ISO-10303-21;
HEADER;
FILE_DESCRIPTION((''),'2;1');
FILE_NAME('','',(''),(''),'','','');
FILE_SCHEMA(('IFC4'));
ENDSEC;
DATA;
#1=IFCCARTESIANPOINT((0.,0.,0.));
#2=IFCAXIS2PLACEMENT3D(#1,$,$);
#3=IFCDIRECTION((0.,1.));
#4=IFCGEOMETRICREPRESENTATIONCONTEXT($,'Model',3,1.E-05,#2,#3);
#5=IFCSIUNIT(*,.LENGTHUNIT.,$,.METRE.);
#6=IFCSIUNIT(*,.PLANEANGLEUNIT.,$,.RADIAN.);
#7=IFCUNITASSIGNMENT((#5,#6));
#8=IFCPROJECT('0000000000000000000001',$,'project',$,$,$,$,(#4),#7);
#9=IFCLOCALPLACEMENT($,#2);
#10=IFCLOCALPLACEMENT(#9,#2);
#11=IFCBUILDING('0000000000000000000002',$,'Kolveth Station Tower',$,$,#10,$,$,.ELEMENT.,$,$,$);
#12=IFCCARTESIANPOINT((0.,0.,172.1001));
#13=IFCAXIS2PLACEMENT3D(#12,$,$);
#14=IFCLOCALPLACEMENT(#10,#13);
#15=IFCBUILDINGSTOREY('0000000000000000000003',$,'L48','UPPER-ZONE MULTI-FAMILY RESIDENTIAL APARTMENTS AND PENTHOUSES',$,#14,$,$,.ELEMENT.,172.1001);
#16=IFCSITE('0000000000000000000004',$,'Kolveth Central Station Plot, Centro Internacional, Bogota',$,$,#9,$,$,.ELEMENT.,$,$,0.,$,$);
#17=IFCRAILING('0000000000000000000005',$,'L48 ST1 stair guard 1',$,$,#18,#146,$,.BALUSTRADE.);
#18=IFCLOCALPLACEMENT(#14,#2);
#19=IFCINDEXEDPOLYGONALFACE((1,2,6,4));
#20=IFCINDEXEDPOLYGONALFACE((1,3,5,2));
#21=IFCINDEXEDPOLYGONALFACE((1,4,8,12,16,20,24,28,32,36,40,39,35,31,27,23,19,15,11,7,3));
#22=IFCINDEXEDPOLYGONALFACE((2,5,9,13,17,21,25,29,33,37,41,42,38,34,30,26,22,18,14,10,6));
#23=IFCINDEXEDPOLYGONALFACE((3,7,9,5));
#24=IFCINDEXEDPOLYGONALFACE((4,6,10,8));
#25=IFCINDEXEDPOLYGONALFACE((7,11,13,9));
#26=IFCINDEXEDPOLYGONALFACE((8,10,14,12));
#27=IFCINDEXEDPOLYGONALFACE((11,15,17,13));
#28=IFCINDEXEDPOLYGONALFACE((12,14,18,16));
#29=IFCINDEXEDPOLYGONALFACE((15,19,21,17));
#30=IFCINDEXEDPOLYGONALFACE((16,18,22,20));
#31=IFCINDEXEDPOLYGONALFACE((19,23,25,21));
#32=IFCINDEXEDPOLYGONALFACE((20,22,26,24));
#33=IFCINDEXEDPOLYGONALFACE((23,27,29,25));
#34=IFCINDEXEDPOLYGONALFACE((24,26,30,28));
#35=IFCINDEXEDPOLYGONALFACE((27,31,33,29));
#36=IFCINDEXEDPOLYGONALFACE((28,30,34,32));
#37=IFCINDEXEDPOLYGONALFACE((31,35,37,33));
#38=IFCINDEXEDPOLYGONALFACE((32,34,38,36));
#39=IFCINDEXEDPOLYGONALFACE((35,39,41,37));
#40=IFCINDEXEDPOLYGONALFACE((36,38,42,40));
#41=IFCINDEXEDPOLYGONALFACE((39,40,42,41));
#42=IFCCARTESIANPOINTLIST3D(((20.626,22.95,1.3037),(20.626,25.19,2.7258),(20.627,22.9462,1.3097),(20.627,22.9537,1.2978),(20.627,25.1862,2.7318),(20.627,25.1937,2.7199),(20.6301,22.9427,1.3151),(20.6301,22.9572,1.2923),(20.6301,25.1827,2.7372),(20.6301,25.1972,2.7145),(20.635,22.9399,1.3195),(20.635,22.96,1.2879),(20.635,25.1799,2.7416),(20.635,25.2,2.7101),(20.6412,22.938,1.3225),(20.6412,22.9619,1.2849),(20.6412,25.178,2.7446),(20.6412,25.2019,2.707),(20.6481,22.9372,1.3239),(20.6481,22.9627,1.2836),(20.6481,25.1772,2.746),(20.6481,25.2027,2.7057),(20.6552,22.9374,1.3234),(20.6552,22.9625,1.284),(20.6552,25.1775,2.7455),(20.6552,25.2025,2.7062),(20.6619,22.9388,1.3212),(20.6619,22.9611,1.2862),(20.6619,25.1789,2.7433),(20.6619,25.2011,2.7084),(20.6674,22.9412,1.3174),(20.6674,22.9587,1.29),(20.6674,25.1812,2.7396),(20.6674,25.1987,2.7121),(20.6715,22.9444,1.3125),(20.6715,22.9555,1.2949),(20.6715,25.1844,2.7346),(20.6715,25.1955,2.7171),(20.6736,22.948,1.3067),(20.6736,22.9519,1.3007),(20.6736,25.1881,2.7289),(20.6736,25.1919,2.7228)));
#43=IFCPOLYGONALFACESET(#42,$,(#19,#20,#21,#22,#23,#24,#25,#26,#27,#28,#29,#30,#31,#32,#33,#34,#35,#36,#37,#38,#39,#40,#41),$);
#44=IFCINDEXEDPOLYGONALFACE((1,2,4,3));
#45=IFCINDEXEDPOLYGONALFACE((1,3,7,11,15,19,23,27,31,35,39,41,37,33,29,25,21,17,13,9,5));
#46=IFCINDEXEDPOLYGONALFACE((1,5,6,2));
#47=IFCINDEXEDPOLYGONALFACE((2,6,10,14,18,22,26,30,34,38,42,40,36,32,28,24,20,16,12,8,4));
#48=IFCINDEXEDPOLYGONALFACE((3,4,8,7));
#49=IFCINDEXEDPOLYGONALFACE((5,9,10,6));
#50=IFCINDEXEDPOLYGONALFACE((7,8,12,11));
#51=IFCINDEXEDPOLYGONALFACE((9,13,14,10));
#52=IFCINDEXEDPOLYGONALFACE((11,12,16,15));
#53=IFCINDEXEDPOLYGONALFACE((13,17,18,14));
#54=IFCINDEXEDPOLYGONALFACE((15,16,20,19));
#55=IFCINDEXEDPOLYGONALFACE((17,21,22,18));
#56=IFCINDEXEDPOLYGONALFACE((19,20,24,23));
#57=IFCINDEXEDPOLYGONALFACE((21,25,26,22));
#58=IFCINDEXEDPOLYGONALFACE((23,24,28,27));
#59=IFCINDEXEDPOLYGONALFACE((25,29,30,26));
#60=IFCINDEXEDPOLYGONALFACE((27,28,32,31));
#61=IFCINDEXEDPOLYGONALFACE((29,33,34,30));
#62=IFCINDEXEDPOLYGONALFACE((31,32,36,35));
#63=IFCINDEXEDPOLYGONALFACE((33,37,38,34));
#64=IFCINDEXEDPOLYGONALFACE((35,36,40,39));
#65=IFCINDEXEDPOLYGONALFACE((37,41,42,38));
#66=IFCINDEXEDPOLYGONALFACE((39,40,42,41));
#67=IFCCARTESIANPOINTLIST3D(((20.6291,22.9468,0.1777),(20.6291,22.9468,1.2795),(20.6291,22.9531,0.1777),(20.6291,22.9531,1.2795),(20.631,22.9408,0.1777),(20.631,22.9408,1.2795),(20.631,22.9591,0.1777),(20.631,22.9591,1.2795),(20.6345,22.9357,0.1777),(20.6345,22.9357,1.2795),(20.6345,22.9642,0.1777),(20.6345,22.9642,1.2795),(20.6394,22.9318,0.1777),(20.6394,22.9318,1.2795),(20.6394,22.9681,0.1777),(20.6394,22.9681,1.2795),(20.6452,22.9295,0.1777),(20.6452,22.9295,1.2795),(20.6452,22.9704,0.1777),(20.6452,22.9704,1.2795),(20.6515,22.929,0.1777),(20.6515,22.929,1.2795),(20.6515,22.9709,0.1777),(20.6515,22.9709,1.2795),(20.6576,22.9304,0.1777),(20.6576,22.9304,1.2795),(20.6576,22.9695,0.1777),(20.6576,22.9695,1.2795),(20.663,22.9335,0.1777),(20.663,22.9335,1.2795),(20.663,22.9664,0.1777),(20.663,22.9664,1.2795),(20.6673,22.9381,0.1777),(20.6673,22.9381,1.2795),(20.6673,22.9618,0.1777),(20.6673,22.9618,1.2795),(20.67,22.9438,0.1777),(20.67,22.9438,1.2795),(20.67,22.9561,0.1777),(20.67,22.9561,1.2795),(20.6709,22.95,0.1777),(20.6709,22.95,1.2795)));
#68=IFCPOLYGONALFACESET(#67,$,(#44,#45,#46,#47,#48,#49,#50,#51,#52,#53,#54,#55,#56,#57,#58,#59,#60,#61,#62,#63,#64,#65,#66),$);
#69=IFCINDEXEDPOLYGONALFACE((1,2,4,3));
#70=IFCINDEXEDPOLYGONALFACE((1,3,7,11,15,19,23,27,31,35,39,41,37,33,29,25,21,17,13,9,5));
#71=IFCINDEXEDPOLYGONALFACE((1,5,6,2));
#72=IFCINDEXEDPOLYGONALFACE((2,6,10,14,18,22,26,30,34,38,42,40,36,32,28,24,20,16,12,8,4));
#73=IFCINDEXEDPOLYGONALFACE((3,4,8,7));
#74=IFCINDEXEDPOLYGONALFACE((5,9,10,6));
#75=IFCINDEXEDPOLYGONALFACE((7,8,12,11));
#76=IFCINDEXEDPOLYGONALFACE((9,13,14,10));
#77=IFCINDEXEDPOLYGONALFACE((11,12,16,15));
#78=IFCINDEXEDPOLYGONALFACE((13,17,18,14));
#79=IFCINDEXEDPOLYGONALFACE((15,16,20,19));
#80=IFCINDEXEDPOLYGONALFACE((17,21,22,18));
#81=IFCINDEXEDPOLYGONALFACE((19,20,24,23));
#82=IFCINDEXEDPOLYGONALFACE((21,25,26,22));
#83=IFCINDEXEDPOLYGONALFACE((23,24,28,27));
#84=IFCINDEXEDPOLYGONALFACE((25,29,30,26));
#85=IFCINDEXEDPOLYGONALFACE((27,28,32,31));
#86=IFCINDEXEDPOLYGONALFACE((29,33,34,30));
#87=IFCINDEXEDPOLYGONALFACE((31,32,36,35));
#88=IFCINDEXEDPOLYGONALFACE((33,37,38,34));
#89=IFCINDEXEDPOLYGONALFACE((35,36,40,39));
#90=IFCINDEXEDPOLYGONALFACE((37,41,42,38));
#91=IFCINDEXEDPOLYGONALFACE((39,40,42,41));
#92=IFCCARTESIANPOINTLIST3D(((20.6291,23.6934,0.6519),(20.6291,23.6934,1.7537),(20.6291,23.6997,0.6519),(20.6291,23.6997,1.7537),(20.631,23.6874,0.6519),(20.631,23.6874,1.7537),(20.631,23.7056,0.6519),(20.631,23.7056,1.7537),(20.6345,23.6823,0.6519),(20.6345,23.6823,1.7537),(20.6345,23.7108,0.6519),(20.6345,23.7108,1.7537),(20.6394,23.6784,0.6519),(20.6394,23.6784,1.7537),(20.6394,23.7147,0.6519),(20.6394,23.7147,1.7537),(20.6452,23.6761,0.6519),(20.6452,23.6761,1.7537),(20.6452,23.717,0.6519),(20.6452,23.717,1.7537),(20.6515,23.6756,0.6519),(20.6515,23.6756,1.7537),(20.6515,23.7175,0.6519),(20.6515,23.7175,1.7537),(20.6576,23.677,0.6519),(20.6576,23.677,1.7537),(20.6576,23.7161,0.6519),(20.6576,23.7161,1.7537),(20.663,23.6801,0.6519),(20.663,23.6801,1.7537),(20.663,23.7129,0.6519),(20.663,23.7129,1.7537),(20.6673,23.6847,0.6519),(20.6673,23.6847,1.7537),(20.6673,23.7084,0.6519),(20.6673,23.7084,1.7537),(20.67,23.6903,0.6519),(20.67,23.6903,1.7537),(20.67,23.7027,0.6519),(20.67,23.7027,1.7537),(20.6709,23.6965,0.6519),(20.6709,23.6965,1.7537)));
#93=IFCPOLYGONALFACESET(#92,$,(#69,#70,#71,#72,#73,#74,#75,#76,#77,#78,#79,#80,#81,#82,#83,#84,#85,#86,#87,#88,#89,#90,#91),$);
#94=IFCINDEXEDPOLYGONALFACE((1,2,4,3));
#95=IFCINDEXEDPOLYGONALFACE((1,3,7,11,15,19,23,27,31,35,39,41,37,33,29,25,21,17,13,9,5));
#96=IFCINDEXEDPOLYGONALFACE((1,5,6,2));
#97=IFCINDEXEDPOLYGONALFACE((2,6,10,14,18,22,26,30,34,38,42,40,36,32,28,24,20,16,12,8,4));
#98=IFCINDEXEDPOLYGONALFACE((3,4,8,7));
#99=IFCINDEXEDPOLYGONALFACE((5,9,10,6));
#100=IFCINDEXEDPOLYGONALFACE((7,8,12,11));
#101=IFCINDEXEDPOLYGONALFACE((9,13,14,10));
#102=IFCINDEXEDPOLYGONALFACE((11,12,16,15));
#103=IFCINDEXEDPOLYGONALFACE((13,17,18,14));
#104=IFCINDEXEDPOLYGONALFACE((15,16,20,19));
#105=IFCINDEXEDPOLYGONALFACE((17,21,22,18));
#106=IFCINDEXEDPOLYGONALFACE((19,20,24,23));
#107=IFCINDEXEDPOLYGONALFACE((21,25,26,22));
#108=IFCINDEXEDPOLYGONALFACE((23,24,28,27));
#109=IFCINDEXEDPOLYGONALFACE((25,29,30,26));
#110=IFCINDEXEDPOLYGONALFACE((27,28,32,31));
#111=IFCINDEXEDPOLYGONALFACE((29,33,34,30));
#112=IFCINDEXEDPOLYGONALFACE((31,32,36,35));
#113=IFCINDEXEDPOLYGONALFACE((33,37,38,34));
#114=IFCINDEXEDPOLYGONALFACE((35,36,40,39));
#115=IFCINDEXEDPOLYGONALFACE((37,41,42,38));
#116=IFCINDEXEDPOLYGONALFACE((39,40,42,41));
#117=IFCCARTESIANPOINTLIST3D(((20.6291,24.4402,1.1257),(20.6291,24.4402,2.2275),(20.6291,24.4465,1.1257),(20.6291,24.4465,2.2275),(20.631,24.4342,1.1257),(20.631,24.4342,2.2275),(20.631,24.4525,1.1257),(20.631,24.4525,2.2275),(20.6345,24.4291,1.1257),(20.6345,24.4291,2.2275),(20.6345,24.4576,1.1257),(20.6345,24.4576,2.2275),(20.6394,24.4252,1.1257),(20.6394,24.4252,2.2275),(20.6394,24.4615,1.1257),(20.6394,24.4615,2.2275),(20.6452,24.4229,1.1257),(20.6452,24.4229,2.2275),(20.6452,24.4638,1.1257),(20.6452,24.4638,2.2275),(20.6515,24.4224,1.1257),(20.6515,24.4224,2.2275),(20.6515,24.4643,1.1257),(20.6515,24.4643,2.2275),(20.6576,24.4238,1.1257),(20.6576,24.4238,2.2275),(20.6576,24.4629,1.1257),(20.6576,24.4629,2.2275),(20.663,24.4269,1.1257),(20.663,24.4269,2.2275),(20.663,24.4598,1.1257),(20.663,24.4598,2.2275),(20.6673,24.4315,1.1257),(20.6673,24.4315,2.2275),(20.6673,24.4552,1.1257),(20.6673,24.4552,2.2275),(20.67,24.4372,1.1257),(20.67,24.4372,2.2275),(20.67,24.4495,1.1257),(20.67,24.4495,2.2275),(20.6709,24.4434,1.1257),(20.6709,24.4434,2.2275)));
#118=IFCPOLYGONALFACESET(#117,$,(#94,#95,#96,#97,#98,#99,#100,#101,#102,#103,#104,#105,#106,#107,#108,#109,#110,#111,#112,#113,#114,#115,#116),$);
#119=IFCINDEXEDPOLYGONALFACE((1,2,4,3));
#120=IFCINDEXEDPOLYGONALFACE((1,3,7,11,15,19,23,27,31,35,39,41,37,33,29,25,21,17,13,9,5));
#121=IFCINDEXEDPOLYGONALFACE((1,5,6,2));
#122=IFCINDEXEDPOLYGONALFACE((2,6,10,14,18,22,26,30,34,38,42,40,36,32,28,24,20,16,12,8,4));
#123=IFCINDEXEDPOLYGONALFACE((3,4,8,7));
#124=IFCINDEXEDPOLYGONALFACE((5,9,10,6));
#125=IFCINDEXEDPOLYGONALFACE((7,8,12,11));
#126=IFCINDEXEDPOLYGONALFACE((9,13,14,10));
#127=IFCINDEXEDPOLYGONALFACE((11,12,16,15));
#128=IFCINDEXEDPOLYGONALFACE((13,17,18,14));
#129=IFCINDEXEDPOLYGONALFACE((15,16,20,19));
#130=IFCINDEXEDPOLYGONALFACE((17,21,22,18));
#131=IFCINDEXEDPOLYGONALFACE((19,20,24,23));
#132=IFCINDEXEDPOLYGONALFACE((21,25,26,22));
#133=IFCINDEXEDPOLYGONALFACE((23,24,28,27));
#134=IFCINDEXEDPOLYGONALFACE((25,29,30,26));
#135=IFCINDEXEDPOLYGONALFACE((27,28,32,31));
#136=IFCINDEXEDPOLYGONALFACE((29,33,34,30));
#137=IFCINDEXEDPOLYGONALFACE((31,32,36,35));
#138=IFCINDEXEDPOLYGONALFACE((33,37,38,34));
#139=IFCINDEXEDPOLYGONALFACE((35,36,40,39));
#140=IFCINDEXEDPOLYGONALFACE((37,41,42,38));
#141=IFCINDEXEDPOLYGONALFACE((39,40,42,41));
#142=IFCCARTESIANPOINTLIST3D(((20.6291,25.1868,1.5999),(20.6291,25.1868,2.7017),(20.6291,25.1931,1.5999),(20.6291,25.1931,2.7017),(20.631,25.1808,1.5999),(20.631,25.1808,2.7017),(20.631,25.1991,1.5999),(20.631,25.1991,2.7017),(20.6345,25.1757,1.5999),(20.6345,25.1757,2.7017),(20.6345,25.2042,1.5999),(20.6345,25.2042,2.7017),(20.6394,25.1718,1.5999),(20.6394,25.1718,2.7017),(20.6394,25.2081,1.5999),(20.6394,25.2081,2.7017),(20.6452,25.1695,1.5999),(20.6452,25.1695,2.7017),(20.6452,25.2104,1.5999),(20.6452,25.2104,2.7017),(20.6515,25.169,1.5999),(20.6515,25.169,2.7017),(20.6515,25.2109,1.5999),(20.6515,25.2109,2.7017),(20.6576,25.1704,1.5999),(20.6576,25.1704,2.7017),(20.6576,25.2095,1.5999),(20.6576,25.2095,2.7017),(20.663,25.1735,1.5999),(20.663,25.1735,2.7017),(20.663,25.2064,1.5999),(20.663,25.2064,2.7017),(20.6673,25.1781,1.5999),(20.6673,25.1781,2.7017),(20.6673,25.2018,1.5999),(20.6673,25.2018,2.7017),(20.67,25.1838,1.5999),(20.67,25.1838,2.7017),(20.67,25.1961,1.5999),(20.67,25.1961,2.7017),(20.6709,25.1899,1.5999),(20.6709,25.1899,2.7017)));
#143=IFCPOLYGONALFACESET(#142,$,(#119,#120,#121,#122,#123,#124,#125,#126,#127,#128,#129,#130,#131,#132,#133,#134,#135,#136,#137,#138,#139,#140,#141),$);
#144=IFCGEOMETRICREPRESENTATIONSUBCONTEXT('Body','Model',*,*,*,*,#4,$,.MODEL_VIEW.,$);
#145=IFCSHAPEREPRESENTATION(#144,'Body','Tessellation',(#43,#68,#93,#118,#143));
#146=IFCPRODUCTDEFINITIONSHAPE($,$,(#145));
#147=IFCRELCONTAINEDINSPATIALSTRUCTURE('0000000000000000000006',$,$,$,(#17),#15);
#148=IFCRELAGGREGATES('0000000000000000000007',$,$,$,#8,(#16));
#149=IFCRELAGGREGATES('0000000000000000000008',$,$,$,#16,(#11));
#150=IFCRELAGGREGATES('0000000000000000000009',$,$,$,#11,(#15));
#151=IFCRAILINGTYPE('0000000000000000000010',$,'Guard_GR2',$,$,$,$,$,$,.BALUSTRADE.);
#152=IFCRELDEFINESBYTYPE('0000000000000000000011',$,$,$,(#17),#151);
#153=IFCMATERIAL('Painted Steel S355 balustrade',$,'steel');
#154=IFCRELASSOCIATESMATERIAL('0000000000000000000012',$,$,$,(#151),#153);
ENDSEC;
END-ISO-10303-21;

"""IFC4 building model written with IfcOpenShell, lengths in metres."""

from ifc_helpers import new_model, si_unit, direction, frame, origin, origin_2d, place, context, subcontext, project, spatial, circle, extrude, material, type_object, element, save


model = new_model("IFC4")

# Units and contexts
model_context = context("Model", 3, precision=1e-05, world=origin(), true_north=direction((0.0, 1.0)))
body_context = subcontext(model_context, "Body", "Model", "MODEL_VIEW")
ifc_project = project(units=[si_unit("LENGTHUNIT", "METRE"), si_unit("PLANEANGLEUNIT", "RADIAN")], contexts=[model_context])

# Site, building, storey
site_placement = place(None, origin())
site = spatial("IfcSite", under=ifc_project, at=site_placement, Name="Kolveth Central Station Plot, Centro Internacional, Bogota", CompositionType="ELEMENT", RefElevation=0.0)
building_placement = place(site_placement, origin())
building = spatial("IfcBuilding", under=site, at=building_placement, Name="Kolveth Station Tower", CompositionType="ELEMENT")
storey_placement = place(building_placement, frame((0.0, 0.0, 172.1001)))
storey = spatial("IfcBuildingStorey", under=building, at=storey_placement, Name="L48", Description="UPPER-ZONE MULTI-FAMILY RESIDENTIAL APARTMENTS AND PENTHOUSES", CompositionType="ELEMENT", Elevation=172.1001)

# Railing
ifc_material_1 = material(Name="Painted Steel S355 balustrade", Category="steel")
railing_type_1 = type_object("IfcRailingType", Name="Guard_GR2", PredefinedType="BALUSTRADE", material=ifc_material_1)
railing_1_placement = place(storey_placement, frame((20.6499, 22.95, 0.1777)))
element("IfcRailing", 1, at=railing_1_placement, inside=storey, type_object=railing_type_1, Name="L48 ST1 stair guard 1", PredefinedType="BALUSTRADE", context=body_context, shape_type="SweptSolid", body=[
    extrude(circle(Radius=0.0239, at=origin_2d()), frame((0.0, 0.0, 1.126), z_axis=(0.0, 0.844229, 0.535982), x_axis=(-1.0, 0.0, 0.0)), (0.0, 0.0, 1.0), 2.6533),
    extrude(circle(Radius=0.021, at=origin_2d()), origin(), (0.0, 0.0, 1.0), 1.1018),
    extrude(circle(Radius=0.021, at=origin_2d()), frame((0.0, 0.7466, 0.4741)), (0.0, 0.0, 1.0), 1.1018),
    extrude(circle(Radius=0.021, at=origin_2d()), frame((0.0, 1.4934, 0.948)), (0.0, 0.0, 1.0), 1.1018),
    extrude(circle(Radius=0.021, at=origin_2d()), frame((0.0, 2.24, 1.4221)), (0.0, 0.0, 1.0), 1.1018),
])

save(model, "model.ifc")
